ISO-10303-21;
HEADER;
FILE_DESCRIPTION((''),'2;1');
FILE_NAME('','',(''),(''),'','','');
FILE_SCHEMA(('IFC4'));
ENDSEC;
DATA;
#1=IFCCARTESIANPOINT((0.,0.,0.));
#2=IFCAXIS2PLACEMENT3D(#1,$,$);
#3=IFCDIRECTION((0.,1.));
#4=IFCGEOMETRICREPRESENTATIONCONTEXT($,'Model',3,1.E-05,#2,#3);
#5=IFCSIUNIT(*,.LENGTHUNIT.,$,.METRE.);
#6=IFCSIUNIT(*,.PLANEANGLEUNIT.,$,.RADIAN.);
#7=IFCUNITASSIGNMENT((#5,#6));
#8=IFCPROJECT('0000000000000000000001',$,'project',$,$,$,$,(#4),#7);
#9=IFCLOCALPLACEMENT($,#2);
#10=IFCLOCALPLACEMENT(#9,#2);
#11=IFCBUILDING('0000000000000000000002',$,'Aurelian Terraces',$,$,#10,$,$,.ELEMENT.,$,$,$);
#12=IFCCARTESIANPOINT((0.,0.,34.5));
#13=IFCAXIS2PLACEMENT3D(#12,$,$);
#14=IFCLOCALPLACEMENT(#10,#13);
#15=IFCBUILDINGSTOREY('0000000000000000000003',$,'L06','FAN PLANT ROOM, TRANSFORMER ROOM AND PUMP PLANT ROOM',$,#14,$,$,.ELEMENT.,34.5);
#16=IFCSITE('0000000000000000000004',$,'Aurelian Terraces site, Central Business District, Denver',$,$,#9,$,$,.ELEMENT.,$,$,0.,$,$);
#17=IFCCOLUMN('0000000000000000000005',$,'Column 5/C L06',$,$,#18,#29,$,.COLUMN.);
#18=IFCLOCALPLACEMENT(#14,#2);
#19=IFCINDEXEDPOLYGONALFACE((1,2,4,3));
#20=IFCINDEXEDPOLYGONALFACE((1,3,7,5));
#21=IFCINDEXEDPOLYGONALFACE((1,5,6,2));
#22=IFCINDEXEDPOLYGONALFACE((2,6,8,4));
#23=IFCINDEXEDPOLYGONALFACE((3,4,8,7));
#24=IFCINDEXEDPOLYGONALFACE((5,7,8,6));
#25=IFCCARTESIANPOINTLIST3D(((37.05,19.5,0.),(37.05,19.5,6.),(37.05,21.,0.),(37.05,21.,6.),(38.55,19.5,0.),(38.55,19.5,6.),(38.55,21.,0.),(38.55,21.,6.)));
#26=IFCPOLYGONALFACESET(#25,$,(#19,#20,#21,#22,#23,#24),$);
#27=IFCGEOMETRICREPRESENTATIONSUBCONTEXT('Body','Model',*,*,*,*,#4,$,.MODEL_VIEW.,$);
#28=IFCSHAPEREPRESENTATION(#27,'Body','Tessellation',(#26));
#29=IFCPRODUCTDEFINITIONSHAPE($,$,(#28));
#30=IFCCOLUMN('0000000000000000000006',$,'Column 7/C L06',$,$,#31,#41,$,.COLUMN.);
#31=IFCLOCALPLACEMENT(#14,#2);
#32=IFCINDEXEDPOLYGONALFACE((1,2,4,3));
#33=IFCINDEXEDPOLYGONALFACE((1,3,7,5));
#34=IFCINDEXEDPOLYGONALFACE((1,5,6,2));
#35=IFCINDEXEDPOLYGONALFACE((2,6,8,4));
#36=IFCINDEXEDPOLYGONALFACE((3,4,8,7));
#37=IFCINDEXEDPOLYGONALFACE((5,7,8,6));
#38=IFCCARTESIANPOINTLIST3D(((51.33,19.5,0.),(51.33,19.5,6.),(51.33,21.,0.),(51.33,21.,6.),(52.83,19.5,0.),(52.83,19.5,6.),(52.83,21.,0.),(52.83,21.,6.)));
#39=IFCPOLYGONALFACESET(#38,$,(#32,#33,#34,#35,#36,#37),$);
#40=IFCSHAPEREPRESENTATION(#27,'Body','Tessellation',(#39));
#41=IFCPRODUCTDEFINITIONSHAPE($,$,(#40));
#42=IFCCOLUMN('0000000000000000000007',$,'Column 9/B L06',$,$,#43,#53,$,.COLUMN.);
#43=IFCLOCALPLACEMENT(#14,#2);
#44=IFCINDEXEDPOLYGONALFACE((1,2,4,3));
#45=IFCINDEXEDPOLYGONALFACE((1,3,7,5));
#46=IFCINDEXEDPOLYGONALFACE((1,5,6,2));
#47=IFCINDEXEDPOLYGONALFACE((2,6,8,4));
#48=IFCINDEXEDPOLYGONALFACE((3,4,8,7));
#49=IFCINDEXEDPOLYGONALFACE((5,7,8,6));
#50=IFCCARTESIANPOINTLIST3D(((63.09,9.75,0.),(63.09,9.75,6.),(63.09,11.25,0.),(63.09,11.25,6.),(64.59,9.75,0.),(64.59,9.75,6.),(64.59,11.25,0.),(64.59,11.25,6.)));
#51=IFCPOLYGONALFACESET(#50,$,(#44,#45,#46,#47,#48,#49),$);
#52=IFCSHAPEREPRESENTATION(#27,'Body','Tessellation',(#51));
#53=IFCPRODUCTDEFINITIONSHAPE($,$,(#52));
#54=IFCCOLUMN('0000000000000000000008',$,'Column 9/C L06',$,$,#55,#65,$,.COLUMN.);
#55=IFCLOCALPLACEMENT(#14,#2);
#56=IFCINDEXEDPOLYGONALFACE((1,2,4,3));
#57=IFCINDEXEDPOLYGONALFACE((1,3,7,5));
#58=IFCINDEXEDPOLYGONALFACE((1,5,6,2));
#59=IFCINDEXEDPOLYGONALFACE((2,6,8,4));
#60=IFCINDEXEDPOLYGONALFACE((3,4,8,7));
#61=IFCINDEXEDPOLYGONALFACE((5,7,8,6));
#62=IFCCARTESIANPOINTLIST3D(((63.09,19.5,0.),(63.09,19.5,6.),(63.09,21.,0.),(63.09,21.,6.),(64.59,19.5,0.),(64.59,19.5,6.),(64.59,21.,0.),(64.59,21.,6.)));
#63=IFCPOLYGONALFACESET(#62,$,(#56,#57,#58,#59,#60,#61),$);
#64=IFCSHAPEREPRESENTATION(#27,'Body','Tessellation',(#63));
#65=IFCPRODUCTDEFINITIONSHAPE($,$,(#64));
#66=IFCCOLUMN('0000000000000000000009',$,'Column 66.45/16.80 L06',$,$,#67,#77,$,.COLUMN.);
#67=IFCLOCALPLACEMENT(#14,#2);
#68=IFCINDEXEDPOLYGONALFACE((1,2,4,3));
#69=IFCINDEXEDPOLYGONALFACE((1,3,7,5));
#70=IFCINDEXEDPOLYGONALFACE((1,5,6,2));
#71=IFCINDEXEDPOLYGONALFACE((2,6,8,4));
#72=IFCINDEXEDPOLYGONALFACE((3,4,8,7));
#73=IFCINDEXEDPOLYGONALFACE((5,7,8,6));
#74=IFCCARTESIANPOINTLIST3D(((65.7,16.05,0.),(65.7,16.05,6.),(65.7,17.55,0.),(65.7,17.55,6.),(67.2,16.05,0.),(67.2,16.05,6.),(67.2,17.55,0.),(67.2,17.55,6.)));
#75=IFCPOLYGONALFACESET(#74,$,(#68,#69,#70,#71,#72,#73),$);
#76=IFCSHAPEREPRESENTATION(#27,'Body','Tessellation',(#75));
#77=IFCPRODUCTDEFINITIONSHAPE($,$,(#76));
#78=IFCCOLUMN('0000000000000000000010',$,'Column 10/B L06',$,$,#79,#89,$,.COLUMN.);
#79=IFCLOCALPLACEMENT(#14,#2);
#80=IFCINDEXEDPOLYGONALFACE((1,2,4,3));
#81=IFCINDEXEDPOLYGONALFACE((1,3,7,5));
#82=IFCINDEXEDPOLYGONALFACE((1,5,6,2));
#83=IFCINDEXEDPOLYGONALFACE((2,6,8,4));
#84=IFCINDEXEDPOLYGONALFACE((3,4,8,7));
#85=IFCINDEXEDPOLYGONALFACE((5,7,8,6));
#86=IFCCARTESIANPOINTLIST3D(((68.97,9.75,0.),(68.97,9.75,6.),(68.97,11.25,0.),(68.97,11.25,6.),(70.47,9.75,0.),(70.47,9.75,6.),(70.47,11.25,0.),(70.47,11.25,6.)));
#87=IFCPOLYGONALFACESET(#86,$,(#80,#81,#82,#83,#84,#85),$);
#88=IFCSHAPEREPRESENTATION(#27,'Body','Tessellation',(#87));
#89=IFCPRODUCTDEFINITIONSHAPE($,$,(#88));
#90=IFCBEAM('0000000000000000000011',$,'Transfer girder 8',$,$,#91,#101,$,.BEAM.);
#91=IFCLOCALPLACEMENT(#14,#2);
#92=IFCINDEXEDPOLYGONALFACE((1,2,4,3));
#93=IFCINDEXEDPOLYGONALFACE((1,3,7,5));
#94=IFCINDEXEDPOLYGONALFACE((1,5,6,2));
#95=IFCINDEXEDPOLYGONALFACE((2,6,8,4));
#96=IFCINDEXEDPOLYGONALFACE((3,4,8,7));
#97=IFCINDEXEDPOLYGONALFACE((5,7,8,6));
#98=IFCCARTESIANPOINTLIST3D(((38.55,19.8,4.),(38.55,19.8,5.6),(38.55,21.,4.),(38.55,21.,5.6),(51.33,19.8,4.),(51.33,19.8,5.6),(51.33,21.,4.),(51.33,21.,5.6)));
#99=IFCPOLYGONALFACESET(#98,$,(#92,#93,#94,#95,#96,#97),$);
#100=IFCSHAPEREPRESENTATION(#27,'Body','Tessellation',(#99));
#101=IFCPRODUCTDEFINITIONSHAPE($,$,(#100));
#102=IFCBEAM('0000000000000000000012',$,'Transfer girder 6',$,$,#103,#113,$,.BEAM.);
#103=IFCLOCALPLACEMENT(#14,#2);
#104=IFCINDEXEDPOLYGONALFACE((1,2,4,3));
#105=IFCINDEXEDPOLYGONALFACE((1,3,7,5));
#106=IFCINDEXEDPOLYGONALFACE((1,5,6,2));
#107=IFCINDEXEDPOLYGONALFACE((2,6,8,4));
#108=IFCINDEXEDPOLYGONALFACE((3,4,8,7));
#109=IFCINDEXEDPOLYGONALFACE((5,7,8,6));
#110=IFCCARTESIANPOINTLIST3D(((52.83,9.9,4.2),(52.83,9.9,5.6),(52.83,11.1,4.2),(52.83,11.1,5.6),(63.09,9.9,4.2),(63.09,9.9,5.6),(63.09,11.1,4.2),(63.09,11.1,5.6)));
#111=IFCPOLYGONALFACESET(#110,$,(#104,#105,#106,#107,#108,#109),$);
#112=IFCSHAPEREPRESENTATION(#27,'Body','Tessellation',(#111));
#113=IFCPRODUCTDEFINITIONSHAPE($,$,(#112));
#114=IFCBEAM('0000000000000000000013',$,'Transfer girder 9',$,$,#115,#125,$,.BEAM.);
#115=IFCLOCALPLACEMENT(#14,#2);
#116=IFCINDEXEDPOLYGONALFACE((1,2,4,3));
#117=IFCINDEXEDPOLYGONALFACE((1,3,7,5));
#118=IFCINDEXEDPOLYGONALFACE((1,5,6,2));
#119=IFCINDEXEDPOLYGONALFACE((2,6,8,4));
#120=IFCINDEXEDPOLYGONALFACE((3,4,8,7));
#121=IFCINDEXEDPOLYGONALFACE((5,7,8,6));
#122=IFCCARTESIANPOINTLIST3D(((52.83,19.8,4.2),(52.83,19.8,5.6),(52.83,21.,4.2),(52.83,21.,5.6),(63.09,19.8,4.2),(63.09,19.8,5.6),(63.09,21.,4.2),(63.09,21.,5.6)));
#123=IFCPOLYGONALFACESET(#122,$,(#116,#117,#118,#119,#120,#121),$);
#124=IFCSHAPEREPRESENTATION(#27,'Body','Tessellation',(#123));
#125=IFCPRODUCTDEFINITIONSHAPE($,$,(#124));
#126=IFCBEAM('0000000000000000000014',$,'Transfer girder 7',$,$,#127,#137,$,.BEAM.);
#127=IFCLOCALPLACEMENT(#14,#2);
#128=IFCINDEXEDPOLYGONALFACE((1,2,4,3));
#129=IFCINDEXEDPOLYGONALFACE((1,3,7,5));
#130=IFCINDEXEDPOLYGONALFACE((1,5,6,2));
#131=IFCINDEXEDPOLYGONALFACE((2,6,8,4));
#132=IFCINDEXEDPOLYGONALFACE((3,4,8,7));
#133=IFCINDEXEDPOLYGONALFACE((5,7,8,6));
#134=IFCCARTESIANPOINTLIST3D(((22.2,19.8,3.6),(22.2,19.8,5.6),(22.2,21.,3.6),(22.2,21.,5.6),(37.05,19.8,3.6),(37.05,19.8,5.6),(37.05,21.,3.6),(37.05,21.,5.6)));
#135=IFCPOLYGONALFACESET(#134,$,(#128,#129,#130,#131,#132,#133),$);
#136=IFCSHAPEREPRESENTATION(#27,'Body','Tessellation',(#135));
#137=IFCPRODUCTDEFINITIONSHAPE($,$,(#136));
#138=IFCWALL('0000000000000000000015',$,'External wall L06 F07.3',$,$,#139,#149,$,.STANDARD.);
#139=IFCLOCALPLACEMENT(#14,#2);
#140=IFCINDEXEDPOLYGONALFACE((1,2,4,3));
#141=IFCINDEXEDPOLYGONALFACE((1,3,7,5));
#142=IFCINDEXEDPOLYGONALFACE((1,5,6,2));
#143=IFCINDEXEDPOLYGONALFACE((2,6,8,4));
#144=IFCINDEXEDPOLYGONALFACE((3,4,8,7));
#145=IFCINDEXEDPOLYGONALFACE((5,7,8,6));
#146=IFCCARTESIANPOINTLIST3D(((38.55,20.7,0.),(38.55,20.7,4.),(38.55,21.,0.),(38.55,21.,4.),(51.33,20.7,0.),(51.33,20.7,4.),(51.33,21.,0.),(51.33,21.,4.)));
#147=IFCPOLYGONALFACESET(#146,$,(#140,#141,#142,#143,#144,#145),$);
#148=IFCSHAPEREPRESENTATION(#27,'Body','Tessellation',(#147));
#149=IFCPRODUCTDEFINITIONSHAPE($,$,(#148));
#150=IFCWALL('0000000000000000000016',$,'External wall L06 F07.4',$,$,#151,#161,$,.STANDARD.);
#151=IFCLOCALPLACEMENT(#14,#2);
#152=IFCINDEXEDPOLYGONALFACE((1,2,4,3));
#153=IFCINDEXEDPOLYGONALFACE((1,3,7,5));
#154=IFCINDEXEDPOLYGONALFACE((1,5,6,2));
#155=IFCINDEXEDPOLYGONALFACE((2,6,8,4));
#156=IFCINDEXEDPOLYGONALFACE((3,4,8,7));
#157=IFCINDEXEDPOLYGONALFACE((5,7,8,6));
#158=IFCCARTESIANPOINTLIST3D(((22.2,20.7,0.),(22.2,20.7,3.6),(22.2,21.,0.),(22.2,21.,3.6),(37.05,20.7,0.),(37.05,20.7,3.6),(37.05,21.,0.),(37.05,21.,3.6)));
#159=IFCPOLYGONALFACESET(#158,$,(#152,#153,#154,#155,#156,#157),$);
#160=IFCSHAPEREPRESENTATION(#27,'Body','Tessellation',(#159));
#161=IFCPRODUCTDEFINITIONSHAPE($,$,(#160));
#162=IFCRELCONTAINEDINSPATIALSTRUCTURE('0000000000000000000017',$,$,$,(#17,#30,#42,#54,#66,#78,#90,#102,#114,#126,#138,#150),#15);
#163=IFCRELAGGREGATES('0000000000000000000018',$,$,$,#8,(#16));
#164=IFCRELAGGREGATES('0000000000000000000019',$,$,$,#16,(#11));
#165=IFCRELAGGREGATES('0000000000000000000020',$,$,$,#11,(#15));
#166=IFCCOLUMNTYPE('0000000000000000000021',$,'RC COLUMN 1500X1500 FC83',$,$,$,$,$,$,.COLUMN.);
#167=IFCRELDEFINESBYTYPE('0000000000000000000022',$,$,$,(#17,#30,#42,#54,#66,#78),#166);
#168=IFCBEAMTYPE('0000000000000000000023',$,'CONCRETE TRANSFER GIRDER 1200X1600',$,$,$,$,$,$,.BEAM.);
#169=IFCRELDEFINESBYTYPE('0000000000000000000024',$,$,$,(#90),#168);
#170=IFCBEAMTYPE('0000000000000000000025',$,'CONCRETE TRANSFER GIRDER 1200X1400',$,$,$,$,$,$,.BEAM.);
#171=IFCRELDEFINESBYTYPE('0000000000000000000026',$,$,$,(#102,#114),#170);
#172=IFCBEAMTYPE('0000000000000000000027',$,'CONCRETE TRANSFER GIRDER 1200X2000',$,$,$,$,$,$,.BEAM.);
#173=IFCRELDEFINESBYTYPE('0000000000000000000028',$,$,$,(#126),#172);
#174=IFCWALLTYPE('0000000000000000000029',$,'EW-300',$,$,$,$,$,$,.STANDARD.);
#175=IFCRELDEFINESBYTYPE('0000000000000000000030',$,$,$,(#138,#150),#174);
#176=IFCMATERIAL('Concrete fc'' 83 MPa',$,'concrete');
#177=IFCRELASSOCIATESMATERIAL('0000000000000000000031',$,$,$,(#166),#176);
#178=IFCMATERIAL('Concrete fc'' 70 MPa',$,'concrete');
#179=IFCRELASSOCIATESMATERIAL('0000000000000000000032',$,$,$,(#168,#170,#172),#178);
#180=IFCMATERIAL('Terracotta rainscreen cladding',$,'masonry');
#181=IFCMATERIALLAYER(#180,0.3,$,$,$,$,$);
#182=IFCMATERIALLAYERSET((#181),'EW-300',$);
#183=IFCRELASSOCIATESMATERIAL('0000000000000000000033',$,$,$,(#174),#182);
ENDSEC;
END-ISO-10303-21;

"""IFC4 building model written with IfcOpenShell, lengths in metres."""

from ifc_helpers import new_model, si_unit, direction, frame, frame_2d, origin, origin_2d, place, context, subcontext, project, spatial, rectangle, extrude, source, transform, mapped, material, layer, layer_set, material_profile, profile_set, type_object, element, save


model = new_model("IFC4")

# Units and contexts
model_context = context("Model", 3, precision=1e-05, world=origin(), true_north=direction((0.0, 1.0)))
body_context = subcontext(model_context, "Body", "Model", "MODEL_VIEW")
ifc_project = project(units=[si_unit("LENGTHUNIT", "METRE"), si_unit("PLANEANGLEUNIT", "RADIAN")], contexts=[model_context])

# Site, building, storey
site_placement = place(None, origin())
site = spatial("IfcSite", under=ifc_project, at=site_placement, Name="Aurelian Terraces site, Central Business District, Denver", CompositionType="ELEMENT", RefElevation=0.0)
building_placement = place(site_placement, origin())
building = spatial("IfcBuilding", under=site, at=building_placement, Name="Aurelian Terraces", CompositionType="ELEMENT")
storey_placement = place(building_placement, frame((0.0, 0.0, 34.5)))
storey = spatial("IfcBuildingStorey", under=building, at=storey_placement, Name="L06", Description="FAN PLANT ROOM, TRANSFORMER ROOM AND PUMP PLANT ROOM", CompositionType="ELEMENT", Elevation=34.5)

# Columns
ifc_material_1 = material(Name="Concrete fc' 83 MPa", Category="concrete")
ifc_material_profile_1 = material_profile(ifc_material_1, rectangle(XDim=1.5, YDim=1.5, at=origin_2d()))
ifc_profile_set_1 = profile_set([ifc_material_profile_1], Name="Concrete fc' 83 MPa")
column_type = type_object("IfcColumnType", Name="RC COLUMN 1500X1500 FC83", PredefinedType="COLUMN", material=ifc_profile_set_1)
shared_shape_1 = source(origin(), body_context, "Body", "SweptSolid", [
    extrude(rectangle(XDim=1.5, YDim=1.5, at=origin_2d()), origin(), (0.0, 0.0, 1.0), 6.0),
])
for number, where, z_axis, x_axis, name in (
    (1, (37.8, 20.25, 0.0), (0.0, 0.0, 1.0), (1.0, 0.0, 0.0), "Column 5/C L06"),
    (2, (52.08, 20.25, 0.0), (0.0, 0.0, 1.0), (1.0, 0.0, 0.0), "Column 7/C L06"),
    (3, (63.84, 10.5, 0.0), (0.0, 0.0, 1.0), (1.0, 0.0, 0.0), "Column 9/B L06"),
    (4, (63.84, 20.25, 0.0), (0.0, 0.0, 1.0), (1.0, 0.0, 0.0), "Column 9/C L06"),
    (5, (66.45, 16.8, 0.0), (0.0, 0.0, 1.0), (1.0, 0.0, 0.0), "Column 66.45/16.80 L06"),
    (6, (69.72, 10.5, 0.0), (0.0, 0.0, 1.0), (1.0, 0.0, 0.0), "Column 10/B L06"),
):
    element("IfcColumn", number, at=place(storey_placement, frame(where, z_axis=z_axis, x_axis=x_axis)), inside=storey, type_object=column_type, Name=name, PredefinedType="COLUMN", context=body_context, shape_type="MappedRepresentation", body=[
        mapped(shared_shape_1, transform((0.0, 0.0, 0.0), scale=1.0)),
    ])

# Beams
ifc_material_2 = material(Name="Concrete fc' 70 MPa", Category="concrete")
ifc_material_profile_2 = material_profile(ifc_material_2, rectangle(XDim=1.2, YDim=1.6, at=origin_2d()))
ifc_profile_set_2 = profile_set([ifc_material_profile_2], Name="Concrete fc' 70 MPa")
beam_type_1 = type_object("IfcBeamType", Name="CONCRETE TRANSFER GIRDER 1200X1600", PredefinedType="BEAM", material=ifc_profile_set_2)
shared_shape_2 = source(origin(), body_context, "Body", "SweptSolid", [
    extrude(rectangle(XDim=1.2, YDim=1.6, at=origin_2d()), origin(), (0.0, 0.0, 1.0), 12.78),
])
beam_1_placement = place(storey_placement, frame((38.55, 20.4, 4.8), z_axis=(1.0, 0.0, 0.0), x_axis=(0.0, 1.0, 0.0)))
element("IfcBeam", 7, at=beam_1_placement, inside=storey, type_object=beam_type_1, Name="Transfer girder 8", PredefinedType="BEAM", context=body_context, shape_type="MappedRepresentation", body=[
    mapped(shared_shape_2, transform((0.0, 0.0, 0.0), scale=1.0)),
])
ifc_material_profile_3 = material_profile(ifc_material_2, rectangle(XDim=1.2, YDim=1.4, at=origin_2d()))
ifc_profile_set_3 = profile_set([ifc_material_profile_3], Name="Concrete fc' 70 MPa")
beam_type_2 = type_object("IfcBeamType", Name="CONCRETE TRANSFER GIRDER 1200X1400", PredefinedType="BEAM", material=ifc_profile_set_3)
shared_shape_3 = source(origin(), body_context, "Body", "SweptSolid", [
    extrude(rectangle(XDim=1.2, YDim=1.4, at=origin_2d()), origin(), (0.0, 0.0, 1.0), 10.26),
])
for number, where, z_axis, x_axis, name in (
    (8, (52.83, 10.5, 4.9), (1.0, 0.0, 0.0), (0.0, 1.0, 0.0), "Transfer girder 6"),
    (9, (52.83, 20.4, 4.9), (1.0, 0.0, 0.0), (0.0, 1.0, 0.0), "Transfer girder 9"),
):
    element("IfcBeam", number, at=place(storey_placement, frame(where, z_axis=z_axis, x_axis=x_axis)), inside=storey, type_object=beam_type_2, Name=name, PredefinedType="BEAM", context=body_context, shape_type="MappedRepresentation", body=[
        mapped(shared_shape_3, transform((0.0, 0.0, 0.0), scale=1.0)),
    ])
ifc_material_profile_4 = material_profile(ifc_material_2, rectangle(XDim=1.2, YDim=2.0, at=origin_2d()))
ifc_profile_set_4 = profile_set([ifc_material_profile_4], Name="Concrete fc' 70 MPa")
beam_type_3 = type_object("IfcBeamType", Name="CONCRETE TRANSFER GIRDER 1200X2000", PredefinedType="BEAM", material=ifc_profile_set_4)
shared_shape_4 = source(origin(), body_context, "Body", "SweptSolid", [
    extrude(rectangle(XDim=1.2, YDim=2.0, at=origin_2d()), origin(), (0.0, 0.0, 1.0), 14.85),
])
beam_2_placement = place(storey_placement, frame((22.2, 20.4, 4.6), z_axis=(1.0, 0.0, 0.0), x_axis=(0.0, 1.0, 0.0)))
element("IfcBeam", 10, at=beam_2_placement, inside=storey, type_object=beam_type_3, Name="Transfer girder 7", PredefinedType="BEAM", context=body_context, shape_type="MappedRepresentation", body=[
    mapped(shared_shape_4, transform((0.0, 0.0, 0.0), scale=1.0)),
])

# Walls
ifc_material_3 = material(Name="Terracotta rainscreen cladding", Category="masonry")
ifc_layer_1 = layer(ifc_material_3, 0.3)
ifc_layer_set_1 = layer_set([ifc_layer_1], Name="EW-300")
wall_type_1 = type_object("IfcWallType", Name="EW-300", PredefinedType="STANDARD", material=ifc_layer_set_1)
wall_1_placement = place(storey_placement, frame((51.33, 20.85, 0.0), z_axis=(0.0, 0.0, 1.0), x_axis=(-1.0, 0.0, 0.0)))
element("IfcWall", 11, at=wall_1_placement, inside=storey, type_object=wall_type_1, Name="External wall L06 F07.3", PredefinedType="STANDARD", context=body_context, shape_type="SweptSolid", body=[
    extrude(rectangle(XDim=12.78, YDim=0.3, at=frame_2d((6.39, 0.0))), origin(), (0.0, 0.0, 1.0), 4.0),
])
wall_2_placement = place(storey_placement, frame((37.05, 20.85, 0.0), z_axis=(0.0, 0.0, 1.0), x_axis=(-1.0, 0.0, 0.0)))
element("IfcWall", 12, at=wall_2_placement, inside=storey, type_object=wall_type_1, Name="External wall L06 F07.4", PredefinedType="STANDARD", context=body_context, shape_type="SweptSolid", body=[
    extrude(rectangle(XDim=14.85, YDim=0.3, at=frame_2d((7.425, 0.0))), origin(), (0.0, 0.0, 1.0), 3.6),
])

save(model, "model.ifc")
